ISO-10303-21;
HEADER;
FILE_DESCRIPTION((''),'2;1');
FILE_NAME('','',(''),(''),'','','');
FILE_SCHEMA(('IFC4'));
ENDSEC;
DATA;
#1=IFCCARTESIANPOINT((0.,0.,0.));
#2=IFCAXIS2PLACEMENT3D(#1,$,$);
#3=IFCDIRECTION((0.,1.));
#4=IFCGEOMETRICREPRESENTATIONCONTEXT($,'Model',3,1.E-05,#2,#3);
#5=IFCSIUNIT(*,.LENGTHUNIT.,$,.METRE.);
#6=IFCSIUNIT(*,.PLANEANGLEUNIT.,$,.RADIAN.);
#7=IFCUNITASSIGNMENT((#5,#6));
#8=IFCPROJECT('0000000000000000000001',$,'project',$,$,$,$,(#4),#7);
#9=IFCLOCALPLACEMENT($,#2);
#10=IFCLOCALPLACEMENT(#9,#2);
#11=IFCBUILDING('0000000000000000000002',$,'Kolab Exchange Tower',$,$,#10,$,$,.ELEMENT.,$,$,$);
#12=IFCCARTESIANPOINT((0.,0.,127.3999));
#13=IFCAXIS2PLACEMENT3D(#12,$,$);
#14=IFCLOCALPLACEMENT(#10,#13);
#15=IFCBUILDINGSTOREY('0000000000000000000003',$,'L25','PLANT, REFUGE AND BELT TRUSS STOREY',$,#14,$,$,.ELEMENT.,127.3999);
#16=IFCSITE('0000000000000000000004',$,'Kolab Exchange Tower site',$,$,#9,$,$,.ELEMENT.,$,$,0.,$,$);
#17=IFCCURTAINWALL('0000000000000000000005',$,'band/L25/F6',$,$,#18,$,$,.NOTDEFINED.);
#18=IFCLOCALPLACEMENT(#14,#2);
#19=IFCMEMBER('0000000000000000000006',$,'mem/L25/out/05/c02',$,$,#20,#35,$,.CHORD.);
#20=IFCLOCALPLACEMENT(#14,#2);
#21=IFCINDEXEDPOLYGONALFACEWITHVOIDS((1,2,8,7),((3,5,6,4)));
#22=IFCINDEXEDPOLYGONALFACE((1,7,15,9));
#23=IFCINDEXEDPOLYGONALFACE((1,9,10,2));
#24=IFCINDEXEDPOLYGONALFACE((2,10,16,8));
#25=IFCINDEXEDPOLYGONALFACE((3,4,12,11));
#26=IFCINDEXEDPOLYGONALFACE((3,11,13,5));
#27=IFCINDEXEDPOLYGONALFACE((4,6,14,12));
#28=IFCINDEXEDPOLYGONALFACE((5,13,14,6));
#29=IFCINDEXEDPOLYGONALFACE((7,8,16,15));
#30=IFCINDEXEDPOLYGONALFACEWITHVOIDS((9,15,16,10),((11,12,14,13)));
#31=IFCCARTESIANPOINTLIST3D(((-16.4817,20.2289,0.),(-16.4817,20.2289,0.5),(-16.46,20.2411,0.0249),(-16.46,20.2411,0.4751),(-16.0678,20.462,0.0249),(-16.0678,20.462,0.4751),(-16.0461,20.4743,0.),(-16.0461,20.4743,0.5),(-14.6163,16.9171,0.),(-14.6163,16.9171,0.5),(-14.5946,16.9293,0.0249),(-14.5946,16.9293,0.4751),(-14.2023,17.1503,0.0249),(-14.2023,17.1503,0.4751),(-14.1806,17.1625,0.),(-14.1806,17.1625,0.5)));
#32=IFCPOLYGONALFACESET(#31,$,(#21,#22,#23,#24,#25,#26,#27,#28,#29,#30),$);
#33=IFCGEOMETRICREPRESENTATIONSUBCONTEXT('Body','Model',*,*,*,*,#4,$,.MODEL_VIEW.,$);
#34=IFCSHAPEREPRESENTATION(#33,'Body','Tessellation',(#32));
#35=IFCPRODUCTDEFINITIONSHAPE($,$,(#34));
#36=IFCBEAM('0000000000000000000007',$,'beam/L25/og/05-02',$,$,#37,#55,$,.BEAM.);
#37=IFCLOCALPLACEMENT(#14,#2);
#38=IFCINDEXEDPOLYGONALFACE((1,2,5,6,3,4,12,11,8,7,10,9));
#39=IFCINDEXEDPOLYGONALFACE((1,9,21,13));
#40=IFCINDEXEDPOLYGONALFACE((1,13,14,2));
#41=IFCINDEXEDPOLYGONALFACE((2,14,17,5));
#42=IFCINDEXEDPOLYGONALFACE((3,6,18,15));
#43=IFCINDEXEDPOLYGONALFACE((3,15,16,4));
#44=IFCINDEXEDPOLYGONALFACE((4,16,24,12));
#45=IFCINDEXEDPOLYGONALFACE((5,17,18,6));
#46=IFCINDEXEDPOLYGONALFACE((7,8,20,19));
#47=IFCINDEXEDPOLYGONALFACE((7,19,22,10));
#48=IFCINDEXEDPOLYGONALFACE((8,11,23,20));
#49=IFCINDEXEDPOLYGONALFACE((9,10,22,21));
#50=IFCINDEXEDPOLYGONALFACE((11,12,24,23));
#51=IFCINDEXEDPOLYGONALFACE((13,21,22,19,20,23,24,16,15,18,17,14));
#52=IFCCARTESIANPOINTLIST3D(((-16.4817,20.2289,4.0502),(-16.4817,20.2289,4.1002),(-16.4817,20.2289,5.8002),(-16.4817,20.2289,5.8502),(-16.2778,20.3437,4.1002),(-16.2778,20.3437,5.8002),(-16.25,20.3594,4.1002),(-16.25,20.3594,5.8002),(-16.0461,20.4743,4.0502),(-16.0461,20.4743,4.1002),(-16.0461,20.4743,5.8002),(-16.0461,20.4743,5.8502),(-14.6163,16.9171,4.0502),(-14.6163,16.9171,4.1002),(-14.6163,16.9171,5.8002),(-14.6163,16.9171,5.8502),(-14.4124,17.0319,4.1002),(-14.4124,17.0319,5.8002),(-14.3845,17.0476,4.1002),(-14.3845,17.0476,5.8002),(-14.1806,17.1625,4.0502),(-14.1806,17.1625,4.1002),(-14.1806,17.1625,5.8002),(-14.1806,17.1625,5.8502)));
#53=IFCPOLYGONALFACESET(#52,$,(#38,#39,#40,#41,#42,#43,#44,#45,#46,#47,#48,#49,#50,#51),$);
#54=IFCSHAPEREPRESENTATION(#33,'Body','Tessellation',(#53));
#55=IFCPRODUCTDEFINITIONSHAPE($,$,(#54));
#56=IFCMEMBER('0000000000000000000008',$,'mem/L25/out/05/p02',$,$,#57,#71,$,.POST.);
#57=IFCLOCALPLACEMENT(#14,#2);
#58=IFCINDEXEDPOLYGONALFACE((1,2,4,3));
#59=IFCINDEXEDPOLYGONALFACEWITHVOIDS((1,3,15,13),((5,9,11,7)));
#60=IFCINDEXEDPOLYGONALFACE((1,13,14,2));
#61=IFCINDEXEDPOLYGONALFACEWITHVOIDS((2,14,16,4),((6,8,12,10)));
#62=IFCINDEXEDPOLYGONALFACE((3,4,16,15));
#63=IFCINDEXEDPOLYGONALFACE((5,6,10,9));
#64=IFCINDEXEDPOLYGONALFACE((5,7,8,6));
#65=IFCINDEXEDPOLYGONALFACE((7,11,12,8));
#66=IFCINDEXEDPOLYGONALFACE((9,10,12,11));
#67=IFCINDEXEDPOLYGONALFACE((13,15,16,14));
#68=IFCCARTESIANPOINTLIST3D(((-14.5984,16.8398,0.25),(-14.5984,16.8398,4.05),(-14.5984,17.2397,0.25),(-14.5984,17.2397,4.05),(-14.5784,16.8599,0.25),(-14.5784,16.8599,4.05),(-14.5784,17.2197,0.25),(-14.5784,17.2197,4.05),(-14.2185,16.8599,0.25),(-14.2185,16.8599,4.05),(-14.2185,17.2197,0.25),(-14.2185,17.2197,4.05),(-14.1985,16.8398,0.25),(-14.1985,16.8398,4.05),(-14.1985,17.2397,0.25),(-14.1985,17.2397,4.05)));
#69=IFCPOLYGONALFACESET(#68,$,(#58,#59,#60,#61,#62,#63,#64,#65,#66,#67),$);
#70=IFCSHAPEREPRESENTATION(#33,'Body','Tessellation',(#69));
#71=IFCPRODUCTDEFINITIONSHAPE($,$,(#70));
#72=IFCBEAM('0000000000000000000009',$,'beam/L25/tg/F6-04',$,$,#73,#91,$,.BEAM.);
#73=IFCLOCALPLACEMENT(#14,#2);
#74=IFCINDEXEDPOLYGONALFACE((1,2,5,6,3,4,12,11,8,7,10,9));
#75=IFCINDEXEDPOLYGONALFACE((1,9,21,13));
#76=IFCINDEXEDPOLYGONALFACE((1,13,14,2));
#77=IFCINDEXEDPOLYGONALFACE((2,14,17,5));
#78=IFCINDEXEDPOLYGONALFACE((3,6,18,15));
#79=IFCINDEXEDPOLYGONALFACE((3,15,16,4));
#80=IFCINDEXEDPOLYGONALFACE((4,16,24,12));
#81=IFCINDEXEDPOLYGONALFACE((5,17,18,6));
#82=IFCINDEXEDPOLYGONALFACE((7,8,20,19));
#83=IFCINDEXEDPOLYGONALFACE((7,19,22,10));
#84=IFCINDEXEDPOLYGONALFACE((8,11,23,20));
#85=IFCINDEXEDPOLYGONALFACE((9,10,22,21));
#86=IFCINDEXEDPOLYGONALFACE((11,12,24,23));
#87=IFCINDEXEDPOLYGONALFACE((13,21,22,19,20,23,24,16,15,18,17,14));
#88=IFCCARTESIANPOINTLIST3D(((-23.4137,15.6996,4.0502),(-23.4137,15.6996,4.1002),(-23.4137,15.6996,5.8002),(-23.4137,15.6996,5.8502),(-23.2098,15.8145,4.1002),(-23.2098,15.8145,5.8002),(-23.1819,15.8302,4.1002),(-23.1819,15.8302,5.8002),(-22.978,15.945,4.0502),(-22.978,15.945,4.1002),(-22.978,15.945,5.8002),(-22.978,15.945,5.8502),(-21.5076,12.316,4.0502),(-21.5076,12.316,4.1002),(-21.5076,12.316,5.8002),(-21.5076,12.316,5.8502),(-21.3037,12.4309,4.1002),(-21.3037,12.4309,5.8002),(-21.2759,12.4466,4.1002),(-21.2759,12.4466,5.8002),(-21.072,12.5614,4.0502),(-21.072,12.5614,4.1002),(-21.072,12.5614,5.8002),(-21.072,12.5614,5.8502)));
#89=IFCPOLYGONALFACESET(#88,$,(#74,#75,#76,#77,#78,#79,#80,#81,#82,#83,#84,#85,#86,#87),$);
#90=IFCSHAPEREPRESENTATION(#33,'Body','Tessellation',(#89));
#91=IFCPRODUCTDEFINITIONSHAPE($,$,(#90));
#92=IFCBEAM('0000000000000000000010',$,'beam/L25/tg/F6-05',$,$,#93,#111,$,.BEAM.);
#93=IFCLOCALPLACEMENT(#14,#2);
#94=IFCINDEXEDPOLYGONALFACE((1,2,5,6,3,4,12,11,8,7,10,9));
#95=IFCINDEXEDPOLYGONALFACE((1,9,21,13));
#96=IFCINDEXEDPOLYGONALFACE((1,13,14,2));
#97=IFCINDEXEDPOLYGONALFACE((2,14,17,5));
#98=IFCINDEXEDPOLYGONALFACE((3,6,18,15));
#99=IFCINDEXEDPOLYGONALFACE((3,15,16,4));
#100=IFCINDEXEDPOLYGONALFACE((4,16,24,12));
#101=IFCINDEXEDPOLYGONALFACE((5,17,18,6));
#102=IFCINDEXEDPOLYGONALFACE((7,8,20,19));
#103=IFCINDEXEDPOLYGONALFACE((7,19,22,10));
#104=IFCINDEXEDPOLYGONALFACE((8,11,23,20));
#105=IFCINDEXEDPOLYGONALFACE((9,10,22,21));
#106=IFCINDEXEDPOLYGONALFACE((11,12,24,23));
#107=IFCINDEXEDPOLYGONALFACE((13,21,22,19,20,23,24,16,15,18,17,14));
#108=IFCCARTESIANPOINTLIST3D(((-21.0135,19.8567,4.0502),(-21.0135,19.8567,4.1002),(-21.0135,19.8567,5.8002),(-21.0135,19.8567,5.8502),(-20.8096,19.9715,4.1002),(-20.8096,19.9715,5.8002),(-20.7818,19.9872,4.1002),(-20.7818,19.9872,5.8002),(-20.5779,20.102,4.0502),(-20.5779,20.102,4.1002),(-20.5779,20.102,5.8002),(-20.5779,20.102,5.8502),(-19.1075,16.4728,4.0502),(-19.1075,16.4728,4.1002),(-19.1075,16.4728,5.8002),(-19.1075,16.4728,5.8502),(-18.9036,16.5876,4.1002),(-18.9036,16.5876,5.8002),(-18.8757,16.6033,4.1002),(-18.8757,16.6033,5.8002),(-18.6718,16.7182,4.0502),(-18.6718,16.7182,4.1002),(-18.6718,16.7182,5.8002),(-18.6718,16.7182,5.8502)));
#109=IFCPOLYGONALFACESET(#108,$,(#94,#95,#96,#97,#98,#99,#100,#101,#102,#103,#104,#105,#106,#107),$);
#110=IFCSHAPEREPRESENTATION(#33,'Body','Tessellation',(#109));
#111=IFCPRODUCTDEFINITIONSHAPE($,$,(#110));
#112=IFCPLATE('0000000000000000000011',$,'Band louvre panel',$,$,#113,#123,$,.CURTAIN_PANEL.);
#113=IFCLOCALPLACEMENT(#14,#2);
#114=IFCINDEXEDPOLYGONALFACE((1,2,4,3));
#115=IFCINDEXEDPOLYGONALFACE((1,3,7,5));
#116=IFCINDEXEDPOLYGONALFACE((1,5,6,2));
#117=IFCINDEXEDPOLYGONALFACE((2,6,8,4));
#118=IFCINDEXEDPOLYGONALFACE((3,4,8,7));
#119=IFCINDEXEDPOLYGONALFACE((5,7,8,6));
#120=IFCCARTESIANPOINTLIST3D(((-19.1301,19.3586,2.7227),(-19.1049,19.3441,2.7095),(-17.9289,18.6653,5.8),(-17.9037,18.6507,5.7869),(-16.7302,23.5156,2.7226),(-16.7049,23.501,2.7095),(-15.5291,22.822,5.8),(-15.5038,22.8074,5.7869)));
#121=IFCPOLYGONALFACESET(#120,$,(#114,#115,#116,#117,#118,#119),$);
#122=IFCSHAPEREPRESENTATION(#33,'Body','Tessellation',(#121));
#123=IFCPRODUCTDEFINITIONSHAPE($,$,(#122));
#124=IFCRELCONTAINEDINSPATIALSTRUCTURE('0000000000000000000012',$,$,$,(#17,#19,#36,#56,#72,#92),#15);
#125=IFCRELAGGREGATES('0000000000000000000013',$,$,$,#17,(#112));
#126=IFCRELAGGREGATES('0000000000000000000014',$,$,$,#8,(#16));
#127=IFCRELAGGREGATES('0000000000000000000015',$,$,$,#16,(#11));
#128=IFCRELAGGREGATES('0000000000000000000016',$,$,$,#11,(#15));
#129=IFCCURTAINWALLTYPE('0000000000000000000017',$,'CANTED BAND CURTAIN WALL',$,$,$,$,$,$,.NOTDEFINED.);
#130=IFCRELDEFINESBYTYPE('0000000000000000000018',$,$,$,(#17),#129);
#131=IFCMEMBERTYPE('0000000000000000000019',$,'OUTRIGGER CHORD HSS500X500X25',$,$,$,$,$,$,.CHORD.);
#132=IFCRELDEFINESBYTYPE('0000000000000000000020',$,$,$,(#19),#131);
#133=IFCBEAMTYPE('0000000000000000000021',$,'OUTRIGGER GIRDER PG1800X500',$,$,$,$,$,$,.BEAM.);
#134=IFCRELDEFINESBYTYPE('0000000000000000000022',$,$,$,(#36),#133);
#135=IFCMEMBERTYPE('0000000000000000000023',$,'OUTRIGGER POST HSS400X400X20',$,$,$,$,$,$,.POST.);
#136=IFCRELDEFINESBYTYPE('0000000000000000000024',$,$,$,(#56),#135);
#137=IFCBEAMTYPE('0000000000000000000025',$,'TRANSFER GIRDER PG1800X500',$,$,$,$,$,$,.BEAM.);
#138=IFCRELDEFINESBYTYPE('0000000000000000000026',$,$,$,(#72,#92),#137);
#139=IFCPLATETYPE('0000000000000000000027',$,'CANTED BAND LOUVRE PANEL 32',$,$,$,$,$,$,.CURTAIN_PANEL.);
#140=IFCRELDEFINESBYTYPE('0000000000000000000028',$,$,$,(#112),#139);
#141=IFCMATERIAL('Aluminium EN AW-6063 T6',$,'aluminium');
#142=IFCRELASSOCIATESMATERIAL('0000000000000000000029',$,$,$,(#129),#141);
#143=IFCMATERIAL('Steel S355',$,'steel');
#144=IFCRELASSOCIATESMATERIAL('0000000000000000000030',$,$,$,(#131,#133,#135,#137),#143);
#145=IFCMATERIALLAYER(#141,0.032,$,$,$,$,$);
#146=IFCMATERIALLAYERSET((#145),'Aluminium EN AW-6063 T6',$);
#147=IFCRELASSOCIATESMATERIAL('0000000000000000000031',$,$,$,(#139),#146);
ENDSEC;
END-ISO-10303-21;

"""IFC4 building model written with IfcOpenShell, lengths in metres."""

from ifc_helpers import new_model, si_unit, direction, frame, origin, origin_2d, place, context, subcontext, project, spatial, polyline, hollow_rectangle, i_section, outline, extrude, material, layer, layer_set, material_profile, profile_set, type_object, element, aggregate, save


model = new_model("IFC4")

# Units and contexts
model_context = context("Model", 3, precision=1e-05, world=origin(), true_north=direction((0.0, 1.0)))
body_context = subcontext(model_context, "Body", "Model", "MODEL_VIEW")
ifc_project = project(units=[si_unit("LENGTHUNIT", "METRE"), si_unit("PLANEANGLEUNIT", "RADIAN")], contexts=[model_context])

# Site, building, storey
site_placement = place(None, origin())
site = spatial("IfcSite", under=ifc_project, at=site_placement, Name="Kolab Exchange Tower site", CompositionType="ELEMENT", RefElevation=0.0)
building_placement = place(site_placement, origin())
building = spatial("IfcBuilding", under=site, at=building_placement, Name="Kolab Exchange Tower", CompositionType="ELEMENT")
storey_placement = place(building_placement, frame((0.0, 0.0, 127.3999)))
storey = spatial("IfcBuildingStorey", under=building, at=storey_placement, Name="L25", Description="PLANT, REFUGE AND BELT TRUSS STOREY", CompositionType="ELEMENT", Elevation=127.3999)

# Shared definitions
ifc_material_1 = material(Name="Steel S355", Category="steel")

# Curtain wall
ifc_material_2 = material(Name="Aluminium EN AW-6063 T6", Category="aluminium")
curtain_wall_type = type_object("IfcCurtainWallType", Name="CANTED BAND CURTAIN WALL", PredefinedType="NOTDEFINED", material=ifc_material_2)
curtain_wall_placement = place(storey_placement, origin())
curtain_wall = element("IfcCurtainWall", 1, at=curtain_wall_placement, inside=storey, type_object=curtain_wall_type, Name="band/L25/F6", PredefinedType="NOTDEFINED")

# Member
ifc_material_profile_1 = material_profile(ifc_material_1, hollow_rectangle(XDim=0.5, YDim=0.5, WallThickness=0.0249, at=origin_2d()), Name="HSS500X500X25")
ifc_profile_set_1 = profile_set([ifc_material_profile_1], Name="Steel S355")
member_type_1 = type_object("IfcMemberType", Name="OUTRIGGER CHORD HSS500X500X25", PredefinedType="CHORD", material=ifc_profile_set_1)
member_1_placement = place(storey_placement, frame((-14.3984, 17.0398, 0.25), z_axis=(-0.490783, 0.871282, 0.0), x_axis=(-0.871282, -0.490783, 0.0)))
element("IfcMember", 2, at=member_1_placement, inside=storey, type_object=member_type_1, Name="mem/L25/out/05/c02", PredefinedType="CHORD", context=body_context, shape_type="SweptSolid", body=[
    extrude(hollow_rectangle(XDim=0.5, YDim=0.5, WallThickness=0.0249, at=origin_2d()), origin(), (0.0, 0.0, 1.0), 3.801),
])

# Beam
ifc_material_profile_2 = material_profile(ifc_material_1, i_section(OverallWidth=0.5, OverallDepth=1.8, WebThickness=0.032, FlangeThickness=0.05, at=origin_2d()), Name="PG1800X500")
ifc_profile_set_2 = profile_set([ifc_material_profile_2], Name="Steel S355")
beam_type_1 = type_object("IfcBeamType", Name="OUTRIGGER GIRDER PG1800X500", PredefinedType="BEAM", material=ifc_profile_set_2)
beam_1_placement = place(storey_placement, frame((-14.3984, 17.0398, 4.9502), z_axis=(-0.490783, 0.871282, 0.0), x_axis=(-0.871282, -0.490783, 0.0)))
element("IfcBeam", 3, at=beam_1_placement, inside=storey, type_object=beam_type_1, Name="beam/L25/og/05-02", PredefinedType="BEAM", context=body_context, shape_type="SweptSolid", body=[
    extrude(i_section(OverallWidth=0.5, OverallDepth=1.8, WebThickness=0.032, FlangeThickness=0.05, at=origin_2d()), origin(), (0.0, 0.0, 1.0), 3.801),
])

# Member
ifc_material_profile_3 = material_profile(ifc_material_1, hollow_rectangle(XDim=0.3999, YDim=0.3999, WallThickness=0.02, at=origin_2d()), Name="HSS400X400X20")
ifc_profile_set_3 = profile_set([ifc_material_profile_3], Name="Steel S355")
member_type_2 = type_object("IfcMemberType", Name="OUTRIGGER POST HSS400X400X20", PredefinedType="POST", material=ifc_profile_set_3)
member_2_placement = place(storey_placement, frame((-14.3984, 17.0398, 0.25), z_axis=(0.0, 0.0, 1.0), x_axis=(1.0, 0.0, 0.0)))
element("IfcMember", 4, at=member_2_placement, inside=storey, type_object=member_type_2, Name="mem/L25/out/05/p02", PredefinedType="POST", context=body_context, shape_type="SweptSolid", body=[
    extrude(hollow_rectangle(XDim=0.3999, YDim=0.3999, WallThickness=0.02, at=origin_2d()), origin(), (0.0, 0.0, 1.0), 3.8),
])

# Beams
ifc_material_profile_4 = material_profile(ifc_material_1, i_section(OverallWidth=0.5, OverallDepth=1.8, WebThickness=0.032, FlangeThickness=0.05, at=origin_2d()), Name="PG1800X500")
ifc_profile_set_4 = profile_set([ifc_material_profile_4], Name="Steel S355")
beam_type_2 = type_object("IfcBeamType", Name="TRANSFER GIRDER PG1800X500", PredefinedType="BEAM", material=ifc_profile_set_4)
beam_2_placement = place(storey_placement, frame((-21.2898, 12.4387, 4.9502), z_axis=(-0.490801, 0.871271, 0.0), x_axis=(-0.871271, -0.490801, 0.0)))
element("IfcBeam", 5, at=beam_2_placement, inside=storey, type_object=beam_type_2, Name="beam/L25/tg/F6-04", PredefinedType="BEAM", context=body_context, shape_type="SweptSolid", body=[
    extrude(i_section(OverallWidth=0.5, OverallDepth=1.8, WebThickness=0.032, FlangeThickness=0.05, at=origin_2d()), origin(), (0.0, 0.0, 1.0), 3.8835),
])
beam_3_placement = place(storey_placement, frame((-18.8896, 16.5955, 4.9502), z_axis=(-0.490775, 0.871287, 0.0), x_axis=(-0.871287, -0.490775, 0.0)))
element("IfcBeam", 6, at=beam_3_placement, inside=storey, type_object=beam_type_2, Name="beam/L25/tg/F6-05", PredefinedType="BEAM", context=body_context, shape_type="SweptSolid", body=[
    extrude(i_section(OverallWidth=0.5, OverallDepth=1.8, WebThickness=0.032, FlangeThickness=0.05, at=origin_2d()), origin(), (0.0, 0.0, 1.0), 3.8838),
])

# Plate
ifc_layer_1 = layer(ifc_material_2, 0.032)
ifc_layer_set_1 = layer_set([ifc_layer_1], Name="Aluminium EN AW-6063 T6")
plate_type = type_object("IfcPlateType", Name="CANTED BAND LOUVRE PANEL 32", PredefinedType="CURTAIN_PANEL", material=ifc_layer_set_1)
plate_placement = place(storey_placement, frame((-19.1301, 19.3586, 2.7227), z_axis=(-0.789545, 0.455832, 0.410897), x_axis=(0.499988, 0.866032, -0.000005)))
plate = element("IfcPlate", 7, at=plate_placement, type_object=plate_type, Name="Band louvre panel", PredefinedType="CURTAIN_PANEL", context=body_context, shape_type="SweptSolid", body=[
    extrude(outline(polyline([(0.0, 0.0), (4.8, 0.0), (4.7999, -3.3755), (0.0001, -3.3755), (0.0, 0.0)])), origin(), (0.0, 0.0, -1.0), 0.032),
])
aggregate(curtain_wall, [plate])

save(model, "model.ifc")
